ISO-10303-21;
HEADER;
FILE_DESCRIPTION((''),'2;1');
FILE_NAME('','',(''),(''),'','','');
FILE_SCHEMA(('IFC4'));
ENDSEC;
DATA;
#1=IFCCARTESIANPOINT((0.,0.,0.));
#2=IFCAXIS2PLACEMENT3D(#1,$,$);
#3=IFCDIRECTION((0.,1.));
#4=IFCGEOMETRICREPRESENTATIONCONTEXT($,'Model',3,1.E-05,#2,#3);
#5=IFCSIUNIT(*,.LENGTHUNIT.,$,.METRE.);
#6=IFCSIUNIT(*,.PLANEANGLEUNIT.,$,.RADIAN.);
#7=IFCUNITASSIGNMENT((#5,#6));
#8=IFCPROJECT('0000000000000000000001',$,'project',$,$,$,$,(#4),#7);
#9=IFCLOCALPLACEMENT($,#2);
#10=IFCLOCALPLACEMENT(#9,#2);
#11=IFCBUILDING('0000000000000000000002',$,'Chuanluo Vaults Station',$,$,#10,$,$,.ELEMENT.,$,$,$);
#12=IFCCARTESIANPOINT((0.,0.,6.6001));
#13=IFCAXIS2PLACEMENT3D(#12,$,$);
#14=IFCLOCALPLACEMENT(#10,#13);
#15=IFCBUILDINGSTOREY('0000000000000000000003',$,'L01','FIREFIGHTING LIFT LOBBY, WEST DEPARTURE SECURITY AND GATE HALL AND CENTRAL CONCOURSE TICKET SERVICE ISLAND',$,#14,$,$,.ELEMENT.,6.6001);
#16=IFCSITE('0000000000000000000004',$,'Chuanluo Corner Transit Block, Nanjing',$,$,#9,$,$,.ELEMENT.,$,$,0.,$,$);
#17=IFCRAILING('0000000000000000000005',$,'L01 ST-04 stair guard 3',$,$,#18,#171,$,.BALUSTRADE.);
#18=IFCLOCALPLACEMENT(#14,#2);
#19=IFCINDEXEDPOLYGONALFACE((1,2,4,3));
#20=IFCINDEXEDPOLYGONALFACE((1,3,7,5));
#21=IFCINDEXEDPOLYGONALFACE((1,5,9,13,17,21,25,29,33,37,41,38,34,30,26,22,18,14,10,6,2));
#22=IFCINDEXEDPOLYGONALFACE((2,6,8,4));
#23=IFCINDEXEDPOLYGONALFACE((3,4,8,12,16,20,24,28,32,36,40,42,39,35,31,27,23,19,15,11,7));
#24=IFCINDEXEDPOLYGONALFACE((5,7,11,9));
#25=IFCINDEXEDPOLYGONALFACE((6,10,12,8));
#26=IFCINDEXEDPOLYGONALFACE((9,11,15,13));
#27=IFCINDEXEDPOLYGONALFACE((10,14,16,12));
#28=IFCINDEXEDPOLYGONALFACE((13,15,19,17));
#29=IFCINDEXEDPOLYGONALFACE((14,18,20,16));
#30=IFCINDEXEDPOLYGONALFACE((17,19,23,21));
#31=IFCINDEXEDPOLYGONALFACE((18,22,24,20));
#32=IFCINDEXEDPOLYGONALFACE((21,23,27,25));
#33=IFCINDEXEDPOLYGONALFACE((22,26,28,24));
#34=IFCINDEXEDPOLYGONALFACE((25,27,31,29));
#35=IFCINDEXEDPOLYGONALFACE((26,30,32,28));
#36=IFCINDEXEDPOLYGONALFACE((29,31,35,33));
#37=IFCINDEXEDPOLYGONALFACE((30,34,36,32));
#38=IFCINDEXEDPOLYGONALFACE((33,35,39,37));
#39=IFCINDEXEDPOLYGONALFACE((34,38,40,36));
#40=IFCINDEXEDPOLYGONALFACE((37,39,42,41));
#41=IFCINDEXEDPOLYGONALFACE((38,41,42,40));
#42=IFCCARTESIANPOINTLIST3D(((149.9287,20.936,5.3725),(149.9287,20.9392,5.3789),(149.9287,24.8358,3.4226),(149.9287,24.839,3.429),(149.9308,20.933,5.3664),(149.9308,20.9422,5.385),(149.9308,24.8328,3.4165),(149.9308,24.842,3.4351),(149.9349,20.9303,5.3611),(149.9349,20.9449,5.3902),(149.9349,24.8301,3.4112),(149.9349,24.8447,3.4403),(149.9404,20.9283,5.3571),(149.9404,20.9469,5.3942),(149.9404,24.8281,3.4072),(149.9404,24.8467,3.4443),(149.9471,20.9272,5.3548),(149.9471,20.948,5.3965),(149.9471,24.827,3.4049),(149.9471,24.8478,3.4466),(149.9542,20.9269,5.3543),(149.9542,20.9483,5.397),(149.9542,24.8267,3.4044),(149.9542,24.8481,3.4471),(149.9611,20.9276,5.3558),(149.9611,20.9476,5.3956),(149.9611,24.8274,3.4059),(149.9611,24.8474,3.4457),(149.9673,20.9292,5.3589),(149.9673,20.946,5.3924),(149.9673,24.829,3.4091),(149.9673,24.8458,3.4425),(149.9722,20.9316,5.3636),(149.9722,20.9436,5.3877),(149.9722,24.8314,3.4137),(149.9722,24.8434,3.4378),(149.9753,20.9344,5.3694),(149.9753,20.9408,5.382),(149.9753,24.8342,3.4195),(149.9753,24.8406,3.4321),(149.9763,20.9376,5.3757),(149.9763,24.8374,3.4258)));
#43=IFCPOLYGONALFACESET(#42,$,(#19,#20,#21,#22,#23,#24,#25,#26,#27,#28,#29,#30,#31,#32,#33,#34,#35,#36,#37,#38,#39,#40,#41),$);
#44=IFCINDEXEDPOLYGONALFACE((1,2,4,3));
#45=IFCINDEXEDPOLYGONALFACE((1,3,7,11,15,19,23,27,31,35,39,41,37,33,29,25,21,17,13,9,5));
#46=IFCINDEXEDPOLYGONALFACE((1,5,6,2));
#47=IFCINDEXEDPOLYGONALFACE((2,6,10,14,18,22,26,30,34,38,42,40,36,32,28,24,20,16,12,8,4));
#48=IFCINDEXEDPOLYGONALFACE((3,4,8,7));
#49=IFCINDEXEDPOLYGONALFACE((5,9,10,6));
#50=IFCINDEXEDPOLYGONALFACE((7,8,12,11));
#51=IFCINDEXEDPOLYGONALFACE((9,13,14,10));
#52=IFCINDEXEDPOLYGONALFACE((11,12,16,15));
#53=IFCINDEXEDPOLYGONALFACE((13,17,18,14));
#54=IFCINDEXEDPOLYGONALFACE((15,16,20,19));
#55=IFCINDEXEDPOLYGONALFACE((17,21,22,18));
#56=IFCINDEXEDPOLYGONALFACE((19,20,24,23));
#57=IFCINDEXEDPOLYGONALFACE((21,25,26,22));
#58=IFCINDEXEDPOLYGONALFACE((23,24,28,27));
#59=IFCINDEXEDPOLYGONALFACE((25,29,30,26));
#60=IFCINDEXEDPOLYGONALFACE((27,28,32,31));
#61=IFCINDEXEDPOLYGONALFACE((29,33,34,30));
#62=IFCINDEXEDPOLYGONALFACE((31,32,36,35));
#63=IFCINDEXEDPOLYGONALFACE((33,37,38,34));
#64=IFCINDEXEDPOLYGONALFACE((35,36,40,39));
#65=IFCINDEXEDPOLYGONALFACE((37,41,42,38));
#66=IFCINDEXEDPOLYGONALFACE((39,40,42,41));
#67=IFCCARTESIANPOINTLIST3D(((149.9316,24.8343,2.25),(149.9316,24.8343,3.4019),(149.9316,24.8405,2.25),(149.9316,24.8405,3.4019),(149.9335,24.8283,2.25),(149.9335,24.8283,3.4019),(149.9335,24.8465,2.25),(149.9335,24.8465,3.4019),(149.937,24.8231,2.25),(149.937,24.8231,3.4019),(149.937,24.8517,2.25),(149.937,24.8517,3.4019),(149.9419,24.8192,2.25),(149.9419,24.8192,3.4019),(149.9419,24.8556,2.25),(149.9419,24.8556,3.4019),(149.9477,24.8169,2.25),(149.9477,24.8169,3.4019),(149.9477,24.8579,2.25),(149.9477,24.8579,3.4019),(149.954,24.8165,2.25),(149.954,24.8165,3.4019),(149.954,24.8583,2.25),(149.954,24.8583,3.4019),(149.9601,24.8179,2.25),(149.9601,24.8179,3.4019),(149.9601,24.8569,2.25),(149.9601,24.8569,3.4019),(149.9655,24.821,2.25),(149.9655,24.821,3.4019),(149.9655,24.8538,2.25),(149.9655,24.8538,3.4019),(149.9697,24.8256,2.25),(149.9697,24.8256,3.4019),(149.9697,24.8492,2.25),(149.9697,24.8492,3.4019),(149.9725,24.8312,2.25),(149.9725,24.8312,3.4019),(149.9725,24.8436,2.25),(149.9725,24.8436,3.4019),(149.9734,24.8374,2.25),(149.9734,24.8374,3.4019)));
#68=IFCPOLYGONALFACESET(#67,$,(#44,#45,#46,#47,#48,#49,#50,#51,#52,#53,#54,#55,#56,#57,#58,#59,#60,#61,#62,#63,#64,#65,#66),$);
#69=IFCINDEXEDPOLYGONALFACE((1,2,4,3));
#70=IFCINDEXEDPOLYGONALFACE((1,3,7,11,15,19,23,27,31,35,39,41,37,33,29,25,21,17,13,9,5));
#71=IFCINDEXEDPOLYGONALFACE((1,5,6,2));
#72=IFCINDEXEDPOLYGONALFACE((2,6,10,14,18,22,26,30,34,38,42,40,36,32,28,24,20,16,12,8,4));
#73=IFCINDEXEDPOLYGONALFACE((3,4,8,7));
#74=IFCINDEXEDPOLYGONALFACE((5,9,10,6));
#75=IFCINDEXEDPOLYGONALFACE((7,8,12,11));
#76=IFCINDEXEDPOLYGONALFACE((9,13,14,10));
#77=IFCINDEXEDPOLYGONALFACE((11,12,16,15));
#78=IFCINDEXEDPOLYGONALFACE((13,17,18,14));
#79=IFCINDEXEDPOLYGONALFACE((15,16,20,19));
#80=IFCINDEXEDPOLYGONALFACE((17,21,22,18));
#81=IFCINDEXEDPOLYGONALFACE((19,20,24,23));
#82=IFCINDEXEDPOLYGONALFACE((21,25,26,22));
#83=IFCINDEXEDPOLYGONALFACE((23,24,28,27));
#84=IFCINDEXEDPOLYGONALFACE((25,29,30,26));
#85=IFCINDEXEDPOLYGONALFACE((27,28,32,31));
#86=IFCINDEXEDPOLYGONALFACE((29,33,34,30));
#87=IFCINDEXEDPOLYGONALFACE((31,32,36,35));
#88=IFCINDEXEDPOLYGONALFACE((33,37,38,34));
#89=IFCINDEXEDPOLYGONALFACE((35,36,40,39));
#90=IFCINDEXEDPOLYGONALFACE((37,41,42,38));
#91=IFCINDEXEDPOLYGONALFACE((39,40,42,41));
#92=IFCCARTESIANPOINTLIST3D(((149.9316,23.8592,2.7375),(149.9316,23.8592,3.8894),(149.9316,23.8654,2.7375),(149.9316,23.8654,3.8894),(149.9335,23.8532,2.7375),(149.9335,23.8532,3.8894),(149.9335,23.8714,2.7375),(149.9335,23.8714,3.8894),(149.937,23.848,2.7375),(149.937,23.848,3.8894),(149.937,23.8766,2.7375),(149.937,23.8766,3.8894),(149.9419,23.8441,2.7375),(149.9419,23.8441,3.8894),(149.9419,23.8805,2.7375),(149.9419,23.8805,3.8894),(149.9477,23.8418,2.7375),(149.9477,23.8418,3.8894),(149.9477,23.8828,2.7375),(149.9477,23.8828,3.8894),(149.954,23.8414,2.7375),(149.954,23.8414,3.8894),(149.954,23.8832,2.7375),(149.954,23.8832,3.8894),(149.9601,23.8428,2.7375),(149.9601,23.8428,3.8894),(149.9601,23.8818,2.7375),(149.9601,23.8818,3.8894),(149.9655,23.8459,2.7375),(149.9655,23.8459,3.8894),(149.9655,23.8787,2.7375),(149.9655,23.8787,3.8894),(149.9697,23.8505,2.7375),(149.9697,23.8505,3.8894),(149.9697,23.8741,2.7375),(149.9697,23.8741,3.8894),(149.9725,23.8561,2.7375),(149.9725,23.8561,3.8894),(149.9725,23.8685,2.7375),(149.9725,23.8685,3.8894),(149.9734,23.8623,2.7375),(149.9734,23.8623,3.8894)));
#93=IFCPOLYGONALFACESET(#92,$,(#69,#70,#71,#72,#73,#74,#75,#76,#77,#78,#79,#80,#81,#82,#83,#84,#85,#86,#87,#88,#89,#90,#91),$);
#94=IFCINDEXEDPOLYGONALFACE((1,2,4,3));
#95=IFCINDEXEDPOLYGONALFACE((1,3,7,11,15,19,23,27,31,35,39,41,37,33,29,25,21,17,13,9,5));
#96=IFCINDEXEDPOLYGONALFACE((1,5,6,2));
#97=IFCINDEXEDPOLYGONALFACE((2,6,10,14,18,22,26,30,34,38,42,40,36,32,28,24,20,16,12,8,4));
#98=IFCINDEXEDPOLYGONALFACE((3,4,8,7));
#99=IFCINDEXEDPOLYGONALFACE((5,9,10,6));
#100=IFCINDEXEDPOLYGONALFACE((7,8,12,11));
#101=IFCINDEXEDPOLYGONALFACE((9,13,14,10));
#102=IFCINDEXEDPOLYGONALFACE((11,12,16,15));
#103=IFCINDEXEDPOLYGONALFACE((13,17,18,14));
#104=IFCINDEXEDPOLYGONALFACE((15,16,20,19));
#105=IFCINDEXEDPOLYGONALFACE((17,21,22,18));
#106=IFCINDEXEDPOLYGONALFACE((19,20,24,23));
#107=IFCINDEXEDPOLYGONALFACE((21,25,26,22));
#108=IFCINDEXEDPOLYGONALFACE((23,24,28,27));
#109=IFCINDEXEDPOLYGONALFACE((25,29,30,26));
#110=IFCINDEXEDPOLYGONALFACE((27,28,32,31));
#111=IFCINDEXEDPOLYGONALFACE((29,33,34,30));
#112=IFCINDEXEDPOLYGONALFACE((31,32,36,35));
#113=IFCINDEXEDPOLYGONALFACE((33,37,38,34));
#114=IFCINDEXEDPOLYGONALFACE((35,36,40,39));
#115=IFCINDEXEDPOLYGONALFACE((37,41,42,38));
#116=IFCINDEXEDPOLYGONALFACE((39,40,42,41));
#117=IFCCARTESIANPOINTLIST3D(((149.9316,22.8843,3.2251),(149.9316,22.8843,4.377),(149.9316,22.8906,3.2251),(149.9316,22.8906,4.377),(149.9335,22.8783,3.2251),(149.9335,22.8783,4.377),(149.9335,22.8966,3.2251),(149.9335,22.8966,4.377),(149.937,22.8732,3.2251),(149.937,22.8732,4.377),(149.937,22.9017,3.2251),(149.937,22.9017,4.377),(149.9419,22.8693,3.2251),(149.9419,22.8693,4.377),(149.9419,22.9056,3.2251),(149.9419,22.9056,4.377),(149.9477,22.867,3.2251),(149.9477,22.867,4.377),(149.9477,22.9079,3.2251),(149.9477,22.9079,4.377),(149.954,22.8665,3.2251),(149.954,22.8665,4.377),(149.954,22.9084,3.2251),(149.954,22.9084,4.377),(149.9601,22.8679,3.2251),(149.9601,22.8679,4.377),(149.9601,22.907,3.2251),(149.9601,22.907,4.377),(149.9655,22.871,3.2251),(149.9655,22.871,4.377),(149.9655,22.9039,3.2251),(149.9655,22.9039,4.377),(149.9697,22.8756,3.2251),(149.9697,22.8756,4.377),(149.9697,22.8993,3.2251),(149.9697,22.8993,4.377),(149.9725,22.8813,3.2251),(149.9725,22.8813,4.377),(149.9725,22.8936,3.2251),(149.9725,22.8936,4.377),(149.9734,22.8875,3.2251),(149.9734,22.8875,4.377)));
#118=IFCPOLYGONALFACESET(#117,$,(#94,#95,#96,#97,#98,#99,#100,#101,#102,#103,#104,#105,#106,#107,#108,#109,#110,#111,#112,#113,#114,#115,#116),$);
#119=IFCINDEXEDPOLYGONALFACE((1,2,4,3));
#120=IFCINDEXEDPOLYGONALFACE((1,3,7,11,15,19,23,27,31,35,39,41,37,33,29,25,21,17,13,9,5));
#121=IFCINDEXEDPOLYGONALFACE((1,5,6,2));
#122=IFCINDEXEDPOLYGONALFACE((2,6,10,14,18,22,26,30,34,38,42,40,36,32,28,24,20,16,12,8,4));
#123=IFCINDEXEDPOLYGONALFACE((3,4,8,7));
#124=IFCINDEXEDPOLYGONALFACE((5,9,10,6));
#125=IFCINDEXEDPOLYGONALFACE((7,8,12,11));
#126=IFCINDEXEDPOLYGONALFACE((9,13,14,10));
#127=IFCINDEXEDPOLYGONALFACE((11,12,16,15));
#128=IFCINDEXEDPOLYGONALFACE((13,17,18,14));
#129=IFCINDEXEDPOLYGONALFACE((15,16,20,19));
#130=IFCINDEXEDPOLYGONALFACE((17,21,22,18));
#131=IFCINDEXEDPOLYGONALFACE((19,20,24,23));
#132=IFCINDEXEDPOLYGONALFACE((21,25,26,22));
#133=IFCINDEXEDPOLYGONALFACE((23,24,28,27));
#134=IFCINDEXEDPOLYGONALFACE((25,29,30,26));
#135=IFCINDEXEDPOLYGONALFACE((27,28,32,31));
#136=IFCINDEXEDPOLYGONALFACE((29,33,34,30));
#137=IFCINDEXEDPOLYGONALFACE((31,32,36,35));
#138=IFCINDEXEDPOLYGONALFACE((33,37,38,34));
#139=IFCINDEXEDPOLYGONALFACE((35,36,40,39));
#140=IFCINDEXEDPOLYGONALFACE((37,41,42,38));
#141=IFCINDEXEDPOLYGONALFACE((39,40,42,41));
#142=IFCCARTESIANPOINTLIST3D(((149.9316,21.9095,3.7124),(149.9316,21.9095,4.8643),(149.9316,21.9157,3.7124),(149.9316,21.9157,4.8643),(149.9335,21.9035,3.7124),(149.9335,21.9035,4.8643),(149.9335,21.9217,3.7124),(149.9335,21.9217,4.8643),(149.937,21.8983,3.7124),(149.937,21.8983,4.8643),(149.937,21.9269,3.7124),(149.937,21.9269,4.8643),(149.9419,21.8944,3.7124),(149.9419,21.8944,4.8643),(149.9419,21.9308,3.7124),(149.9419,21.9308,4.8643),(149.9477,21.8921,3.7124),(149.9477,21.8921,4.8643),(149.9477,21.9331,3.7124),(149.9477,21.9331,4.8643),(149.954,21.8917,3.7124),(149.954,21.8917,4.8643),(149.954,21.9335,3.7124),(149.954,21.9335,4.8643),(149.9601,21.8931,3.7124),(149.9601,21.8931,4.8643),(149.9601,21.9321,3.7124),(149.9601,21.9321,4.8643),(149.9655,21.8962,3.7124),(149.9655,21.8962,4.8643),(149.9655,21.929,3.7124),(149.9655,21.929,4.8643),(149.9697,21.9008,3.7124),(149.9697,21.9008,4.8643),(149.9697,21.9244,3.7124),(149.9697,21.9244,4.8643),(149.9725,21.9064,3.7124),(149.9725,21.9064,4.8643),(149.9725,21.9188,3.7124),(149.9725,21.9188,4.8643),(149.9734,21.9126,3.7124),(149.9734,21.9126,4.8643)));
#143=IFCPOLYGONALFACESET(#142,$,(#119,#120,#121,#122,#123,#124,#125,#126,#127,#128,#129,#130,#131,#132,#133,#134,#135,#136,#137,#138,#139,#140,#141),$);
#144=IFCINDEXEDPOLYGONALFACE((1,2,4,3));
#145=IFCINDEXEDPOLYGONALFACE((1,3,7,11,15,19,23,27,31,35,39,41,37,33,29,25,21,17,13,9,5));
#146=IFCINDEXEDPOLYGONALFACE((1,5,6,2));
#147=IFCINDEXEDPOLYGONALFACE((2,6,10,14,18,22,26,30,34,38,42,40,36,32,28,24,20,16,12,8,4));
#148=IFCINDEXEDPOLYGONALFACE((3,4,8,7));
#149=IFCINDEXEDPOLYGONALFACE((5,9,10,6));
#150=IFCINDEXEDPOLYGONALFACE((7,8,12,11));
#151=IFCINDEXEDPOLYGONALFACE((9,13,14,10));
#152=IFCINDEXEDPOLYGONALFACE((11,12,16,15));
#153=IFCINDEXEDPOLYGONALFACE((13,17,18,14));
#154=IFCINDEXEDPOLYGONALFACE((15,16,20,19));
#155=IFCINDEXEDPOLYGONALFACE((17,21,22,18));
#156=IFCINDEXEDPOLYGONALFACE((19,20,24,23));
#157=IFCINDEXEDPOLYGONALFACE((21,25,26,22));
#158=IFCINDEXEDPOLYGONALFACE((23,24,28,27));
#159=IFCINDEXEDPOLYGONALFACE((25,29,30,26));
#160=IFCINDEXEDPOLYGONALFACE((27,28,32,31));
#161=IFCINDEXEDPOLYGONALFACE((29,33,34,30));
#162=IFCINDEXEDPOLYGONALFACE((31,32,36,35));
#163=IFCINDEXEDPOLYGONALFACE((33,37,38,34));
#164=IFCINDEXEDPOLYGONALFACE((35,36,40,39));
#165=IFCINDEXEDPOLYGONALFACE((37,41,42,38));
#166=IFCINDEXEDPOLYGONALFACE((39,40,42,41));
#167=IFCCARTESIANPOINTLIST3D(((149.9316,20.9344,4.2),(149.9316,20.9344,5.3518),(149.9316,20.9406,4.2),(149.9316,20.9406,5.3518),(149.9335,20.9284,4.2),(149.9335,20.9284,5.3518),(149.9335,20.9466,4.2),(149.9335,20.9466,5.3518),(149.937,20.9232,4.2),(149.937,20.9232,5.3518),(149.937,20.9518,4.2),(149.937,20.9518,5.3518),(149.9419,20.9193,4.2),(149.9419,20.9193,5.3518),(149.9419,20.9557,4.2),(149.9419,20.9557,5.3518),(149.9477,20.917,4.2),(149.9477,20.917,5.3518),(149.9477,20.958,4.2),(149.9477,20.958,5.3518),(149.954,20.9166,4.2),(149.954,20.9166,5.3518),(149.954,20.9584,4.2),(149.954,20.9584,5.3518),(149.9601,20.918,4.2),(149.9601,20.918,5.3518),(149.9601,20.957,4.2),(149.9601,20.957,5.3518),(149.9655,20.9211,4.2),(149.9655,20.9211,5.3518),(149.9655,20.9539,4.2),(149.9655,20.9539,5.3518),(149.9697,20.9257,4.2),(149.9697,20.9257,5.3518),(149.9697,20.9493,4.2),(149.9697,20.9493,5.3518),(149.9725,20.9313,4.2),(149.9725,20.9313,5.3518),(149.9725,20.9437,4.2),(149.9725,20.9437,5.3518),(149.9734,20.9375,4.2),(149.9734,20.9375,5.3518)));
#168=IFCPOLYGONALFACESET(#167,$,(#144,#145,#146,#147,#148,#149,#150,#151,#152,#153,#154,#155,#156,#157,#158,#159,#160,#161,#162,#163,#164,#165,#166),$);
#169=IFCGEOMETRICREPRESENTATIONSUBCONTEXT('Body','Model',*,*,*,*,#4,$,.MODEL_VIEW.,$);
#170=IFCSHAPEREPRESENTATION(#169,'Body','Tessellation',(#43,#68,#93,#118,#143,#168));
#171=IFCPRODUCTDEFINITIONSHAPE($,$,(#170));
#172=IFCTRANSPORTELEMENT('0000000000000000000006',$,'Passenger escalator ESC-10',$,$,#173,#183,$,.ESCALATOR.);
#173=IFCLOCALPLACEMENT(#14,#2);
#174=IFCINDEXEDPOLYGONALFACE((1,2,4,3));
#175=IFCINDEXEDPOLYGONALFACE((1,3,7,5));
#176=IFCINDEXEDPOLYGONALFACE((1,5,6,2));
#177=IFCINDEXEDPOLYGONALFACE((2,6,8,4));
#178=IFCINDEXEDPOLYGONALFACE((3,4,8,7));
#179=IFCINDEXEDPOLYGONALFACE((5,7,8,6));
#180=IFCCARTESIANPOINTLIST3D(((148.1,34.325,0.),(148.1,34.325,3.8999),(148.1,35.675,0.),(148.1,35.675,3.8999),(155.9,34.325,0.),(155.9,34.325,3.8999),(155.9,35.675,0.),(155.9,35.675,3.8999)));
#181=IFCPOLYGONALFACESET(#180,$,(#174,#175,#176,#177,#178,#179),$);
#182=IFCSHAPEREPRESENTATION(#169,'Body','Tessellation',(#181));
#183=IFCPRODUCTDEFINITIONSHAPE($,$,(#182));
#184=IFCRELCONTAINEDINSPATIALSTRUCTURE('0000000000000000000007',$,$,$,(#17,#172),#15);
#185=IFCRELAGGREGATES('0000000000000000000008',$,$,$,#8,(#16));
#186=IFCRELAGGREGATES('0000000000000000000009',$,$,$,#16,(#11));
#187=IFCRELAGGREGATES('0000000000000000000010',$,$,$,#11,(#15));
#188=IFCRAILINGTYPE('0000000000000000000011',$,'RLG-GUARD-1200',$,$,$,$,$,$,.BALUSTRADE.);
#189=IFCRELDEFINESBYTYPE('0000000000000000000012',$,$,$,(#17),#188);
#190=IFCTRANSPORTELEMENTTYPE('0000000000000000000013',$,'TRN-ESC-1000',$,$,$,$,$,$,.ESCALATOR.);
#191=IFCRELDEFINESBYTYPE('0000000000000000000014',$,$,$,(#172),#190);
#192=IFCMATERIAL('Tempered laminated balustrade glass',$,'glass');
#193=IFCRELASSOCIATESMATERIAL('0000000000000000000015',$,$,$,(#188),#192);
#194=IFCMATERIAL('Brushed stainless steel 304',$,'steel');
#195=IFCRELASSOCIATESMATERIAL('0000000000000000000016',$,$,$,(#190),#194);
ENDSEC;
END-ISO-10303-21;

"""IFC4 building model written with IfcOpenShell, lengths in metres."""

from ifc_helpers import new_model, si_unit, direction, frame, origin, origin_2d, place, context, subcontext, project, spatial, rectangle, circle, extrude, material, type_object, element, save


model = new_model("IFC4")

# Units and contexts
model_context = context("Model", 3, precision=1e-05, world=origin(), true_north=direction((0.0, 1.0)))
body_context = subcontext(model_context, "Body", "Model", "MODEL_VIEW")
ifc_project = project(units=[si_unit("LENGTHUNIT", "METRE"), si_unit("PLANEANGLEUNIT", "RADIAN")], contexts=[model_context])

# Site, building, storey
site_placement = place(None, origin())
site = spatial("IfcSite", under=ifc_project, at=site_placement, Name="Chuanluo Corner Transit Block, Nanjing", CompositionType="ELEMENT", RefElevation=0.0)
building_placement = place(site_placement, origin())
building = spatial("IfcBuilding", under=site, at=building_placement, Name="Chuanluo Vaults Station", CompositionType="ELEMENT")
storey_placement = place(building_placement, frame((0.0, 0.0, 6.6001)))
storey = spatial("IfcBuildingStorey", under=building, at=storey_placement, Name="L01", Description="FIREFIGHTING LIFT LOBBY, WEST DEPARTURE SECURITY AND GATE HALL AND CENTRAL CONCOURSE TICKET SERVICE ISLAND", CompositionType="ELEMENT", Elevation=6.6001)

# Railing
ifc_material_1 = material(Name="Tempered laminated balustrade glass", Category="glass")
railing_type = type_object("IfcRailingType", Name="RLG-GUARD-1200", PredefinedType="BALUSTRADE", material=ifc_material_1)
railing_1_placement = place(storey_placement, frame((149.9524, 24.8374, 2.25)))
element("IfcRailing", 1, at=railing_1_placement, inside=storey, type_object=railing_type, Name="L01 ST-04 stair guard 3", PredefinedType="BALUSTRADE", context=body_context, shape_type="SweptSolid", body=[
    extrude(circle(Radius=0.0239, at=origin_2d()), frame((0.0, 0.0, 1.1758), z_axis=(0.0, -0.894427, 0.447214), x_axis=(1.0, 0.0, 0.0)), (0.0, 0.0, 1.0), 4.3601),
    extrude(circle(Radius=0.021, at=origin_2d()), origin(), (0.0, 0.0, 1.0), 1.1519),
    extrude(circle(Radius=0.021, at=origin_2d()), frame((0.0, -0.9751, 0.4875)), (0.0, 0.0, 1.0), 1.1519),
    extrude(circle(Radius=0.021, at=origin_2d()), frame((0.0, -1.95, 0.9751)), (0.0, 0.0, 1.0), 1.1519),
    extrude(circle(Radius=0.021, at=origin_2d()), frame((0.0, -2.9248, 1.4624)), (0.0, 0.0, 1.0), 1.1519),
    extrude(circle(Radius=0.021, at=origin_2d()), frame((0.0, -3.8999, 1.95)), (0.0, 0.0, 1.0), 1.1519),
])

# Transport element
ifc_material_2 = material(Name="Brushed stainless steel 304", Category="steel")
transport_element_type = type_object("IfcTransportElementType", Name="TRN-ESC-1000", PredefinedType="ESCALATOR", material=ifc_material_2)
transport_element_placement = place(storey_placement, frame((152.0, 35.0, 0.0), z_axis=(0.0, 0.0, 1.0), x_axis=(1.0, 0.0, 0.0)))
element("IfcTransportElement", 2, at=transport_element_placement, inside=storey, type_object=transport_element_type, Name="Passenger escalator ESC-10", PredefinedType="ESCALATOR", context=body_context, shape_type="SweptSolid", body=[
    extrude(rectangle(XDim=7.8, YDim=1.3501, at=origin_2d()), origin(), (0.0, 0.0, 1.0), 3.8999),
])

save(model, "model.ifc")
